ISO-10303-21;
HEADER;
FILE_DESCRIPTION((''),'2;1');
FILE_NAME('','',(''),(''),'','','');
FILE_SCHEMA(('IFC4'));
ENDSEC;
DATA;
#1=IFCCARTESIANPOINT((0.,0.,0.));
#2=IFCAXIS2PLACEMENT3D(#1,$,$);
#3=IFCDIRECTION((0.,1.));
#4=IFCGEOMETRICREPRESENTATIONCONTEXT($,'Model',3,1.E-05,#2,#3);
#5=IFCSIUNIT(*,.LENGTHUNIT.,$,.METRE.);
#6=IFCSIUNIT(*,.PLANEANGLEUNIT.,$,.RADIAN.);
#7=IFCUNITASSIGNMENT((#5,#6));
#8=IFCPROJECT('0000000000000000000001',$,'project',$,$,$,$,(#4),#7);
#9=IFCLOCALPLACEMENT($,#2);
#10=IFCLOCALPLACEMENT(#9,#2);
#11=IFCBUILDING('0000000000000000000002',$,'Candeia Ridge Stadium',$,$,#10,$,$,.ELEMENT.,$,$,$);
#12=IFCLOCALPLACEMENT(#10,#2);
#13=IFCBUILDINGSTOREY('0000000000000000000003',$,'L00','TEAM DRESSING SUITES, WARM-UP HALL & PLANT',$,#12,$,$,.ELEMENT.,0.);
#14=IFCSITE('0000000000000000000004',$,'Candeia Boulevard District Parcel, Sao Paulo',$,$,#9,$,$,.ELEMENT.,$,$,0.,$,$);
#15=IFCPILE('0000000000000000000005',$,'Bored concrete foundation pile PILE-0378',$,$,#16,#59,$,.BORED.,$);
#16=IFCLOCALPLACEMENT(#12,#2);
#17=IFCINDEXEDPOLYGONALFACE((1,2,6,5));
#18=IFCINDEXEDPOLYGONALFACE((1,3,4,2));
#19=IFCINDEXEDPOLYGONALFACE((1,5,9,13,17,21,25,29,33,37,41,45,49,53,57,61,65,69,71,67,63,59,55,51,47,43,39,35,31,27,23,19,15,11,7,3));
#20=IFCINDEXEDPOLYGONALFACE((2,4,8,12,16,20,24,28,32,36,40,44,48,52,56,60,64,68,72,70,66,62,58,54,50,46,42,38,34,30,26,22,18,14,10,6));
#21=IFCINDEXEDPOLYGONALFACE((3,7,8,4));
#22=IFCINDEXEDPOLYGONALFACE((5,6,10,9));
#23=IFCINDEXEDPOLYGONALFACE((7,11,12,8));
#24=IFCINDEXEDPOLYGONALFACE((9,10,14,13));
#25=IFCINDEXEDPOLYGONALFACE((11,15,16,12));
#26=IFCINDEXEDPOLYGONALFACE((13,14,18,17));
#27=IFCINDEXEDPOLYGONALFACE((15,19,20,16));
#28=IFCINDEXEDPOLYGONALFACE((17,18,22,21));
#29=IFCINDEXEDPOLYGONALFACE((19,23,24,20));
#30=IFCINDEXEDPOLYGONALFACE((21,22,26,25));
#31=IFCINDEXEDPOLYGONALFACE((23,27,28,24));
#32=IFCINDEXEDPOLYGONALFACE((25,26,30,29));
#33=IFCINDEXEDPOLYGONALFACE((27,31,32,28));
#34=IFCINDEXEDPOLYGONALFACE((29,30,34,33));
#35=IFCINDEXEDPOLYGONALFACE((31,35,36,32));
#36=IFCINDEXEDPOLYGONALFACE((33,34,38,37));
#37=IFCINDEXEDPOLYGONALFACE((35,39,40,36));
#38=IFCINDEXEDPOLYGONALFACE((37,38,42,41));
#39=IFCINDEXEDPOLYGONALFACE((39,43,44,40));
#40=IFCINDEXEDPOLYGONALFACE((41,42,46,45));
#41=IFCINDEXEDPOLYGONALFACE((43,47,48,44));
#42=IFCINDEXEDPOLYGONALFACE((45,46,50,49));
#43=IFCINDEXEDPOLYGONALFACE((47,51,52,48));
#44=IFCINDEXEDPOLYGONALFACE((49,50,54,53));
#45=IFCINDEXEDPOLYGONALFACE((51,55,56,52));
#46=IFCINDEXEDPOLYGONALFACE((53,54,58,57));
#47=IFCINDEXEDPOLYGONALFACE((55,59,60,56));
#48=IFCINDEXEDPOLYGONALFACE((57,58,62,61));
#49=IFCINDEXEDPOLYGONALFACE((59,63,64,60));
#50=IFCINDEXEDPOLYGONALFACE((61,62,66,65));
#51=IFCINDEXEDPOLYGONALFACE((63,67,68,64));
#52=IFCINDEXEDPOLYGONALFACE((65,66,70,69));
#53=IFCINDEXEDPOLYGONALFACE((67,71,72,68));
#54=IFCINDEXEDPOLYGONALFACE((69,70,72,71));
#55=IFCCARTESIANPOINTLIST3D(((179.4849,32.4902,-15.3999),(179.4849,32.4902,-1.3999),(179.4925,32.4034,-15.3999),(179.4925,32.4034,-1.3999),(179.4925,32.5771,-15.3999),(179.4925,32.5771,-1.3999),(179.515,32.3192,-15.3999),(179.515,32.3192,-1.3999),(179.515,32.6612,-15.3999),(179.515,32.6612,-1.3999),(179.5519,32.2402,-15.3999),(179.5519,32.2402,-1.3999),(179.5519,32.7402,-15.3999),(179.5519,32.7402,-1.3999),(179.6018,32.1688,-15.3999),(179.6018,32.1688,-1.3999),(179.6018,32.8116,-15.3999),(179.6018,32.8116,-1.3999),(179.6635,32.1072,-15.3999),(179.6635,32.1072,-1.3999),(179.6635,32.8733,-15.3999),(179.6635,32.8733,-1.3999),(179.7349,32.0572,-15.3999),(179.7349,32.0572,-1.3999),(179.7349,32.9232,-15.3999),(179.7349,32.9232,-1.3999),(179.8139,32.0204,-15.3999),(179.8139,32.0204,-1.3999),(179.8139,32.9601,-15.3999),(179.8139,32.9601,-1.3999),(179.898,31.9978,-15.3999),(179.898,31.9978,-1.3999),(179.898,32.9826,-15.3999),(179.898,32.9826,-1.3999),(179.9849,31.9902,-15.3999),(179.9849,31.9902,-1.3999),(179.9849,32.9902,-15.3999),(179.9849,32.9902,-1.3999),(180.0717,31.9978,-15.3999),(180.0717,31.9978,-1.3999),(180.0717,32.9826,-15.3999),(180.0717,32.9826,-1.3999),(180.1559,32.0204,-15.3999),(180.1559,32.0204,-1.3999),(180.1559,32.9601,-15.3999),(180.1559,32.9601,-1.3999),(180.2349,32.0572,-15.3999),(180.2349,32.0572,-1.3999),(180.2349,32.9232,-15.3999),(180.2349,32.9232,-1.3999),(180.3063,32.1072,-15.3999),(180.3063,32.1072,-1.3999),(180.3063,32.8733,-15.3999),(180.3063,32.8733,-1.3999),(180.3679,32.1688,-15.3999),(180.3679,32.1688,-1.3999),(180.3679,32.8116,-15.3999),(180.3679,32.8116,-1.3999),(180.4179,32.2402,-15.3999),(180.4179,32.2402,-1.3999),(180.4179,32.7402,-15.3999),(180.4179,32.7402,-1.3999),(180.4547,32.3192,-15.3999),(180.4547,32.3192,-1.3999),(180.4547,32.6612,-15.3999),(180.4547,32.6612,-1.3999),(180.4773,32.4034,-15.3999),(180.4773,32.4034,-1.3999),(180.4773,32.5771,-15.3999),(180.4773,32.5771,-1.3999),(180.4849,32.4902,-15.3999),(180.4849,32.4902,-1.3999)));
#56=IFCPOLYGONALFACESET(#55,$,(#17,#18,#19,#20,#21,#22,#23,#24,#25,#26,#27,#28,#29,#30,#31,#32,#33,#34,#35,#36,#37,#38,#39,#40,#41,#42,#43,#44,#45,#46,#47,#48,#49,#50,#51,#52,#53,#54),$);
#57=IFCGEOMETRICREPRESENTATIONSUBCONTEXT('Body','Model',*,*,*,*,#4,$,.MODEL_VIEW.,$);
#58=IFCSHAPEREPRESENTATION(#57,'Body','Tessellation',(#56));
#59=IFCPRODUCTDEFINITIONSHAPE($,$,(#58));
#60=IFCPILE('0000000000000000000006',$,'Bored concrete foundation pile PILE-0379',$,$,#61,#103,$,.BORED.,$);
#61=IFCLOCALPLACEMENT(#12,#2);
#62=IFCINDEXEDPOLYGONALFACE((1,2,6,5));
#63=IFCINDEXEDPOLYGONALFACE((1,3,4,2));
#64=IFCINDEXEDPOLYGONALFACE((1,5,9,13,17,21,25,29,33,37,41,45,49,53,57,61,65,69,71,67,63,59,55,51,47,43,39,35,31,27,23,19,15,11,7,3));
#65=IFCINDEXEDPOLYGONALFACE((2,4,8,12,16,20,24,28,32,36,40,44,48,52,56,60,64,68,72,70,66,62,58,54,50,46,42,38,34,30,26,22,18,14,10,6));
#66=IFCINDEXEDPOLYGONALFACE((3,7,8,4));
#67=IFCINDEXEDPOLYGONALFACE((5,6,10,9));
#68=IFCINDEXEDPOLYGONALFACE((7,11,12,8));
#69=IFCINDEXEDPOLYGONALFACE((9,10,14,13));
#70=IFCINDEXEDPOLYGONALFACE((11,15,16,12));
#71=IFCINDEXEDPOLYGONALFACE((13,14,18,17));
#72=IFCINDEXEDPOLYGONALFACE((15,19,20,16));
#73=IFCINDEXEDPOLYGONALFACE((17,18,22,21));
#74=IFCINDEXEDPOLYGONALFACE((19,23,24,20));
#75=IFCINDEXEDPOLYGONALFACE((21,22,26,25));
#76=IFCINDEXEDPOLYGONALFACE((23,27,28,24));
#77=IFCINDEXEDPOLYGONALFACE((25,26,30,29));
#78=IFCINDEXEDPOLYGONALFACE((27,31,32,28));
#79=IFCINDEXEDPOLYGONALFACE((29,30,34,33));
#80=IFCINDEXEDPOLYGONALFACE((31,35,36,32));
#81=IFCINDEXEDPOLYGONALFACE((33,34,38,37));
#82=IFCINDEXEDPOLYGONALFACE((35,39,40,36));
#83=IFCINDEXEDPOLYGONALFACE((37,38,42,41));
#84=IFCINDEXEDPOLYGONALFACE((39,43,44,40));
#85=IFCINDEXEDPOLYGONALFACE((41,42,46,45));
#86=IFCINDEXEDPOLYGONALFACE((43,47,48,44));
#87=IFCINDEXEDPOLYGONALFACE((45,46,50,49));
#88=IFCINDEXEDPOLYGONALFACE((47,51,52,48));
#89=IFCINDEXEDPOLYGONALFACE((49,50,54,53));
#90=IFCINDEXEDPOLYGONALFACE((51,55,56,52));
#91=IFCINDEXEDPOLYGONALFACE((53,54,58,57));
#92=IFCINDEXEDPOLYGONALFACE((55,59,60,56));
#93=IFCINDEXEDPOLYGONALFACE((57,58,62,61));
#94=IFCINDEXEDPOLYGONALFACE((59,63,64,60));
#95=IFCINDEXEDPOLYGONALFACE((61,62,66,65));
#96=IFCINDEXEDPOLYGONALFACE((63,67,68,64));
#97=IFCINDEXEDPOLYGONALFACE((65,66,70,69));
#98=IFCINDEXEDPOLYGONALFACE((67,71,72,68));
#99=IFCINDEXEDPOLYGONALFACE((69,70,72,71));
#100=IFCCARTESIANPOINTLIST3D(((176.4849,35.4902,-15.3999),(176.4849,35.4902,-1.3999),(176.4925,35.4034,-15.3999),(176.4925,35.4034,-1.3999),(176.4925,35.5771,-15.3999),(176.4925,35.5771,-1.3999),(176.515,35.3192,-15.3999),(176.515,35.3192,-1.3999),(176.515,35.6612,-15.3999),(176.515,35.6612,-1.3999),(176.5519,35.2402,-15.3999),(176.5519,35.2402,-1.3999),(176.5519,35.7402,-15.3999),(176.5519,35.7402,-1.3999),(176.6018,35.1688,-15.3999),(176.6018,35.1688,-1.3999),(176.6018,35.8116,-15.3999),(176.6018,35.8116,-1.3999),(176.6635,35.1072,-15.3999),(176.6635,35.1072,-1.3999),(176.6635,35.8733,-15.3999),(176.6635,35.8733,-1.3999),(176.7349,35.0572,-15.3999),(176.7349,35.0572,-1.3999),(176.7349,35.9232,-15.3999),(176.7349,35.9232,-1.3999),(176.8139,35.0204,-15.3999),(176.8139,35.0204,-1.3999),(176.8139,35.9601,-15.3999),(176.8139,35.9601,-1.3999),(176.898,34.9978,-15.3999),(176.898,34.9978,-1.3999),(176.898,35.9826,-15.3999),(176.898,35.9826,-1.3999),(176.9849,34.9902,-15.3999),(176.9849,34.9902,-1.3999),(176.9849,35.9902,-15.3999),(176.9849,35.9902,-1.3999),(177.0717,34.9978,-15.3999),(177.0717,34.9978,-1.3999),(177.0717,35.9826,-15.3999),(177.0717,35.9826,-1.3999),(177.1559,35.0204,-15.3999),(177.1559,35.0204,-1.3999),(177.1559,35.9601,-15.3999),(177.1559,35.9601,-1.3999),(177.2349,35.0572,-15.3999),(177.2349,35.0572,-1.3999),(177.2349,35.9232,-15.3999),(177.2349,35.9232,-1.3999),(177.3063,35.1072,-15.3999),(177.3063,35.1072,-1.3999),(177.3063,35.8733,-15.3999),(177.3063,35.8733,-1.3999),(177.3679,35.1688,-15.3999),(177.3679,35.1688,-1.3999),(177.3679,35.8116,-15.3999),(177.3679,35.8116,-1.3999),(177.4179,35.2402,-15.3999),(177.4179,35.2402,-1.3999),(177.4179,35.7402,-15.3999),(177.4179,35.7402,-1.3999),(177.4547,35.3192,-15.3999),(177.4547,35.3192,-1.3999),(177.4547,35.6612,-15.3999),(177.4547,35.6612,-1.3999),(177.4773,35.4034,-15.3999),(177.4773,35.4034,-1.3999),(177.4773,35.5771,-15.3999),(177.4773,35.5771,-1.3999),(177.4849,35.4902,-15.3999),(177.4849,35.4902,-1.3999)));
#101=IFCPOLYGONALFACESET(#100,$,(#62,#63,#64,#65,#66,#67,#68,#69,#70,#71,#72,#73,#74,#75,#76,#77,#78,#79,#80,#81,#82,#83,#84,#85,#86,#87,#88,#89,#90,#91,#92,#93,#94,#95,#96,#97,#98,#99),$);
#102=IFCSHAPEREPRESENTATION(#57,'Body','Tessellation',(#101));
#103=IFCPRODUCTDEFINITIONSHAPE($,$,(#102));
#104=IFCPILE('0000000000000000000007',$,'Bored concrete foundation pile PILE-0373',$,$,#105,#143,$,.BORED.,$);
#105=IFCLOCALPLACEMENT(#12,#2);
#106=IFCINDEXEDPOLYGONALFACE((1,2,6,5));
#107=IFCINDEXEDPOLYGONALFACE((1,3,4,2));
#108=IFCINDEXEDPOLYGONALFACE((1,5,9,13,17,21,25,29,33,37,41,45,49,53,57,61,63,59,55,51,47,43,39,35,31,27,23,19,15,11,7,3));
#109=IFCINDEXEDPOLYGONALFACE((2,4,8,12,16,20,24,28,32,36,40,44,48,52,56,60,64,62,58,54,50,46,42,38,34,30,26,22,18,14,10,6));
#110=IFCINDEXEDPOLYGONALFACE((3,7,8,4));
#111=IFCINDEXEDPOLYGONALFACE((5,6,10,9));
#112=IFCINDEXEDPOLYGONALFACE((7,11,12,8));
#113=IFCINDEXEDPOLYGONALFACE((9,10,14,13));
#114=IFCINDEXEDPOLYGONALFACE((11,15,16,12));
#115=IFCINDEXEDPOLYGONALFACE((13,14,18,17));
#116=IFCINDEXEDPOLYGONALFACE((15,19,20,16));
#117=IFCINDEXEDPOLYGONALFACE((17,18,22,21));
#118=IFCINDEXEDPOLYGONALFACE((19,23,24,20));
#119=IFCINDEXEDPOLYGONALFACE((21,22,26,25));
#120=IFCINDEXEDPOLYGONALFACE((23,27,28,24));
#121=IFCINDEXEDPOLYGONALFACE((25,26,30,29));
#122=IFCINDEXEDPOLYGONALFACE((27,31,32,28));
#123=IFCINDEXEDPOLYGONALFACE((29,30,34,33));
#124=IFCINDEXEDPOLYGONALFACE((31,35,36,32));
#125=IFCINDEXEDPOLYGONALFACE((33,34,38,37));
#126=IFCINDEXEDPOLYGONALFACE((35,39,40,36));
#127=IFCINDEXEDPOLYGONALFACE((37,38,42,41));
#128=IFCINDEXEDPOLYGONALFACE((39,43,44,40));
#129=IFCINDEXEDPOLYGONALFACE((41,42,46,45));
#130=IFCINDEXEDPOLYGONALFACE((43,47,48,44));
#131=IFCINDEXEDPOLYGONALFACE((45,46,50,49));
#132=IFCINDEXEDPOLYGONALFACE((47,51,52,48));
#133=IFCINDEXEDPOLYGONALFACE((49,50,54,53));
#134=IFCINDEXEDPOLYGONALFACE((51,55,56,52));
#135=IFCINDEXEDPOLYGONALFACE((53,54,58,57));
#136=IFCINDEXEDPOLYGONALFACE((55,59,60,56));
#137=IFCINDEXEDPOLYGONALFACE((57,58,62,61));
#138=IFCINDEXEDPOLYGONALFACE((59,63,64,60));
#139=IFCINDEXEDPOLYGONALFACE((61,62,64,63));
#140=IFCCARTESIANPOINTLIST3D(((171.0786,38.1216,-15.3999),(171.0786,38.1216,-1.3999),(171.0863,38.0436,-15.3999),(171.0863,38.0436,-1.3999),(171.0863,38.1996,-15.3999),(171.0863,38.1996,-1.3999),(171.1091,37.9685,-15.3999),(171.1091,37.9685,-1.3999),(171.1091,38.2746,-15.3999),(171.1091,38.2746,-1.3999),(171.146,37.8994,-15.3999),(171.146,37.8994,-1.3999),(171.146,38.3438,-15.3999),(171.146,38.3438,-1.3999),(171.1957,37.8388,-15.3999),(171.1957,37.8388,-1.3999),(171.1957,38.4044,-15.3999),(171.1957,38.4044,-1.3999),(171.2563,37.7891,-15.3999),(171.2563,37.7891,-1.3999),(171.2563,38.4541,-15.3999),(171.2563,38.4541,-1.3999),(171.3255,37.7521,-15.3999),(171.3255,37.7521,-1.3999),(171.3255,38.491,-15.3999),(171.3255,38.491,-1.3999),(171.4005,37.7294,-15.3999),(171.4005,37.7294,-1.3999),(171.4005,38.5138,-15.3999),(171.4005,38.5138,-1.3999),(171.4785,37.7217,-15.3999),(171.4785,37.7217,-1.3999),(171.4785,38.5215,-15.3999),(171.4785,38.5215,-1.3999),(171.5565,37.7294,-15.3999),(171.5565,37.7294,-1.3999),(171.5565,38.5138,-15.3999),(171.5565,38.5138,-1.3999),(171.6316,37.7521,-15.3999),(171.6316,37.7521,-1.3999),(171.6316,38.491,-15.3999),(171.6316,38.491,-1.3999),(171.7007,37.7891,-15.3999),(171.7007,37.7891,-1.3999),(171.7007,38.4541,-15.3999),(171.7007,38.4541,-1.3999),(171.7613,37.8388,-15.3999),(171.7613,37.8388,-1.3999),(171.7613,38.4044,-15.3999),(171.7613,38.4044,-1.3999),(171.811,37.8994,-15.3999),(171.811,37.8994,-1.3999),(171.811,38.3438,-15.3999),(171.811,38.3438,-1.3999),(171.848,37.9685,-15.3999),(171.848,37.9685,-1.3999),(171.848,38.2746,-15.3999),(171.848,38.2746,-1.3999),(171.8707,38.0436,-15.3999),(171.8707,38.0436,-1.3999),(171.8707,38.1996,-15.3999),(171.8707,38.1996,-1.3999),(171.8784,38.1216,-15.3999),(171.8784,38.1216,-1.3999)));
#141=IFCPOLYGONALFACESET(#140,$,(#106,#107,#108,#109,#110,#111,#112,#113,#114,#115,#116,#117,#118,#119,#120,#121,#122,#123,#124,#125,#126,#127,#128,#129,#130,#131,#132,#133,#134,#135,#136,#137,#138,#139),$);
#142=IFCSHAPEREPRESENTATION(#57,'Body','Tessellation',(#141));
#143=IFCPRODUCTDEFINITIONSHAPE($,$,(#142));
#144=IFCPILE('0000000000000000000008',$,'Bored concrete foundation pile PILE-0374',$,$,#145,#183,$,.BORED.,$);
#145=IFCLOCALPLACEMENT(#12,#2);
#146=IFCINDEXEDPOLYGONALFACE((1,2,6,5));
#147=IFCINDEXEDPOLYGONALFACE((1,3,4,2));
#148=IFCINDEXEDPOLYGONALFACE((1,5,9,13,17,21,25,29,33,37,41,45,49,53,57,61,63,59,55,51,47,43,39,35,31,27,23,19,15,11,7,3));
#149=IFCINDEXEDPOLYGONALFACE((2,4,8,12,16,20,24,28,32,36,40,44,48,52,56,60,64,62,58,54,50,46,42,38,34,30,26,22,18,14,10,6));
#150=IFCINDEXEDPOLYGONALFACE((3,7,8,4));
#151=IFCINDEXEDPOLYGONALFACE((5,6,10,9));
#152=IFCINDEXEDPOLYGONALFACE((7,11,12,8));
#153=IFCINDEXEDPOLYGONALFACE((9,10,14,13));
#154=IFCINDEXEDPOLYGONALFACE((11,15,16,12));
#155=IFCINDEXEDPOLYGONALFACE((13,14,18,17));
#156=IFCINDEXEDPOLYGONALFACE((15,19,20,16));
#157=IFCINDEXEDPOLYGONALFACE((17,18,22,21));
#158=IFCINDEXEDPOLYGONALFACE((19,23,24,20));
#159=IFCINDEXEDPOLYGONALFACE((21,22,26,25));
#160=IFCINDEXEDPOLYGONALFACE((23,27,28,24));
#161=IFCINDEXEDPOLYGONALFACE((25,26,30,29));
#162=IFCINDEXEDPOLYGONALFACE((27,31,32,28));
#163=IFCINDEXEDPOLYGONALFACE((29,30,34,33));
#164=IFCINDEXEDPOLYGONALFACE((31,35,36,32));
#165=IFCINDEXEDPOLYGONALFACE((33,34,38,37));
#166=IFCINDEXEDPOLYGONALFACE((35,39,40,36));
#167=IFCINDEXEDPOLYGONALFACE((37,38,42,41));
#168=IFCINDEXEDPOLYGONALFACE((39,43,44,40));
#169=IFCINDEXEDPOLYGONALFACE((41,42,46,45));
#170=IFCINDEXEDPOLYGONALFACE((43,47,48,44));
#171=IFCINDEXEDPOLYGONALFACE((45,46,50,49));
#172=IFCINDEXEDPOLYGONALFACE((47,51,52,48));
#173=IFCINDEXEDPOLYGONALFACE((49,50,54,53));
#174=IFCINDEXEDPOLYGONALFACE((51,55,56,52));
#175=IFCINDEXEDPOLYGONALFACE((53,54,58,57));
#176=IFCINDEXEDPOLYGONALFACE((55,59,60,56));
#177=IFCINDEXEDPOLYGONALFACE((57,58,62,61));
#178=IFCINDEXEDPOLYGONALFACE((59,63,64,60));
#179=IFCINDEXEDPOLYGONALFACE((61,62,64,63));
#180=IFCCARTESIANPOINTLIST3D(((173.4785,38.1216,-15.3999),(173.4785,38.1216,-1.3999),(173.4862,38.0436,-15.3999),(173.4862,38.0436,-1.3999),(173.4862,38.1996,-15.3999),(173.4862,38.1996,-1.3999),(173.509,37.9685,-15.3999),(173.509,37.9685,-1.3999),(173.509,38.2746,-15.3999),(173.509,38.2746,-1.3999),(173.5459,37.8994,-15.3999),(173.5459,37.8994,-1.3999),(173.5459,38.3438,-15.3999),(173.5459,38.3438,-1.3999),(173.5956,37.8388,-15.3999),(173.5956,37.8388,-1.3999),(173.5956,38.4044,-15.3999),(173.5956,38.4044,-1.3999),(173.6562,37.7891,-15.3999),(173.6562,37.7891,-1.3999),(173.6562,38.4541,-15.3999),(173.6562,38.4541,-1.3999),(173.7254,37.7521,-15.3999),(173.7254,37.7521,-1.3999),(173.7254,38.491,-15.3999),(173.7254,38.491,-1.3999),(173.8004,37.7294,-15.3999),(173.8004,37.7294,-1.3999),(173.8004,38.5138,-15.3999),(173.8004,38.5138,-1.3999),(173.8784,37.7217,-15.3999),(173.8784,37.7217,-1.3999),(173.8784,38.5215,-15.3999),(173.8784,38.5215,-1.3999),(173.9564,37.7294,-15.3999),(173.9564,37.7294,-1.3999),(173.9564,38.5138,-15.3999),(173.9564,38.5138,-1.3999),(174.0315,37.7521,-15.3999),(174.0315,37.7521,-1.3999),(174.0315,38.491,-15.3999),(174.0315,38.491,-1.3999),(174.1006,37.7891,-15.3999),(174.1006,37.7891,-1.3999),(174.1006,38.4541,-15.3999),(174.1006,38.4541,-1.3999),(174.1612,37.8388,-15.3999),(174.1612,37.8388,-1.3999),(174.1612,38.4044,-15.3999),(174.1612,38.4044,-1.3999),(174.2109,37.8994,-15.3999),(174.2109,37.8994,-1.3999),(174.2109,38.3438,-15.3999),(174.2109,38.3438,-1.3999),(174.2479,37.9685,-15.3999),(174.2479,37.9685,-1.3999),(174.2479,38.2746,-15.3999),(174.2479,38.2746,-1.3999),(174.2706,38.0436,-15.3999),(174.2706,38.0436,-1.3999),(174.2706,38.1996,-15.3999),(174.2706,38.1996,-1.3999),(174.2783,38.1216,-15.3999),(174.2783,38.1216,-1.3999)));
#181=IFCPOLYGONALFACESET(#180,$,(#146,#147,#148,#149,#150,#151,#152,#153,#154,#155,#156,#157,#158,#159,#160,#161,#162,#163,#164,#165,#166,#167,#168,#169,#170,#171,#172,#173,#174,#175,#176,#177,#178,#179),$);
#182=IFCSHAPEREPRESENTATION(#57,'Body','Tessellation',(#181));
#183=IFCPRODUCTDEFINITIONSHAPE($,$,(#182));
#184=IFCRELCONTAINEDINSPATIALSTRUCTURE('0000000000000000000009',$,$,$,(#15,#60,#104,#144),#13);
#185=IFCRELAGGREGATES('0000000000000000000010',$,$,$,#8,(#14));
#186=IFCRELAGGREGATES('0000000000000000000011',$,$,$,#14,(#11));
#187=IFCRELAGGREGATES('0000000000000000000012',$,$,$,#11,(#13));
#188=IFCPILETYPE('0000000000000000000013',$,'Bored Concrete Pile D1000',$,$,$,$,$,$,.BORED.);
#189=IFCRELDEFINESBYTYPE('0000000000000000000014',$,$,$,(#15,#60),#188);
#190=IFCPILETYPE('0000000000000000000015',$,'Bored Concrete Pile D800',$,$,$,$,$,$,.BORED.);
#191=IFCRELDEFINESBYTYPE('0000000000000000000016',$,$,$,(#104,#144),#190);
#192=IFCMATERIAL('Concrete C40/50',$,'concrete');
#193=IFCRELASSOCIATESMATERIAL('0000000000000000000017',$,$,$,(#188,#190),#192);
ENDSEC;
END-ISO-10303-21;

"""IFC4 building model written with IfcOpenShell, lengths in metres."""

from ifc_helpers import new_model, si_unit, direction, frame, origin, origin_2d, place, context, subcontext, project, spatial, circle, extrude, material, material_profile, profile_set, type_object, element, save


model = new_model("IFC4")

# Units and contexts
model_context = context("Model", 3, precision=1e-05, world=origin(), true_north=direction((0.0, 1.0)))
body_context = subcontext(model_context, "Body", "Model", "MODEL_VIEW")
ifc_project = project(units=[si_unit("LENGTHUNIT", "METRE"), si_unit("PLANEANGLEUNIT", "RADIAN")], contexts=[model_context])

# Site, building, storey
site_placement = place(None, origin())
site = spatial("IfcSite", under=ifc_project, at=site_placement, Name="Candeia Boulevard District Parcel, Sao Paulo", CompositionType="ELEMENT", RefElevation=0.0)
building_placement = place(site_placement, origin())
building = spatial("IfcBuilding", under=site, at=building_placement, Name="Candeia Ridge Stadium", CompositionType="ELEMENT")
storey_placement = place(building_placement, origin())
storey = spatial("IfcBuildingStorey", under=building, at=storey_placement, Name="L00", Description="TEAM DRESSING SUITES, WARM-UP HALL & PLANT", CompositionType="ELEMENT", Elevation=0.0)

# Piles
ifc_material_1 = material(Name="Concrete C40/50", Category="concrete")
ifc_material_profile_1 = material_profile(ifc_material_1, circle(Radius=0.5, at=origin_2d()), Name="PILE-D1000", Category="concrete")
ifc_profile_set_1 = profile_set([ifc_material_profile_1], Name="Concrete C40/50")
pile_type_1 = type_object("IfcPileType", Name="Bored Concrete Pile D1000", PredefinedType="BORED", material=ifc_profile_set_1)
for number, where, z_axis, x_axis, name in (
    (1, (179.9849, 32.4902, -1.3999), (0.0, 0.0, -1.0), (1.0, 0.0, 0.0), "Bored concrete foundation pile PILE-0378"),
    (2, (176.9849, 35.4902, -1.3999), (0.0, 0.0, -1.0), (1.0, 0.0, 0.0), "Bored concrete foundation pile PILE-0379"),
):
    element("IfcPile", number, at=place(storey_placement, frame(where, z_axis=z_axis, x_axis=x_axis)), inside=storey, type_object=pile_type_1, Name=name, PredefinedType="BORED", context=body_context, shape_type="SweptSolid", body=[
        extrude(circle(Radius=0.5, at=origin_2d()), origin(), (0.0, 0.0, 1.0), 14.0),
    ])
ifc_material_profile_2 = material_profile(ifc_material_1, circle(Radius=0.3999, at=origin_2d()), Name="PILE-D800", Category="concrete")
ifc_profile_set_2 = profile_set([ifc_material_profile_2], Name="Concrete C40/50")
pile_type_2 = type_object("IfcPileType", Name="Bored Concrete Pile D800", PredefinedType="BORED", material=ifc_profile_set_2)
for number, where, z_axis, x_axis, name in (
    (3, (171.4785, 38.1216, -1.3999), (0.0, 0.0, -1.0), (1.0, 0.0, 0.0), "Bored concrete foundation pile PILE-0373"),
    (4, (173.8784, 38.1216, -1.3999), (0.0, 0.0, -1.0), (1.0, 0.0, 0.0), "Bored concrete foundation pile PILE-0374"),
):
    element("IfcPile", number, at=place(storey_placement, frame(where, z_axis=z_axis, x_axis=x_axis)), inside=storey, type_object=pile_type_2, Name=name, PredefinedType="BORED", context=body_context, shape_type="SweptSolid", body=[
        extrude(circle(Radius=0.3999, at=origin_2d()), origin(), (0.0, 0.0, 1.0), 14.0),
    ])

save(model, "model.ifc")
